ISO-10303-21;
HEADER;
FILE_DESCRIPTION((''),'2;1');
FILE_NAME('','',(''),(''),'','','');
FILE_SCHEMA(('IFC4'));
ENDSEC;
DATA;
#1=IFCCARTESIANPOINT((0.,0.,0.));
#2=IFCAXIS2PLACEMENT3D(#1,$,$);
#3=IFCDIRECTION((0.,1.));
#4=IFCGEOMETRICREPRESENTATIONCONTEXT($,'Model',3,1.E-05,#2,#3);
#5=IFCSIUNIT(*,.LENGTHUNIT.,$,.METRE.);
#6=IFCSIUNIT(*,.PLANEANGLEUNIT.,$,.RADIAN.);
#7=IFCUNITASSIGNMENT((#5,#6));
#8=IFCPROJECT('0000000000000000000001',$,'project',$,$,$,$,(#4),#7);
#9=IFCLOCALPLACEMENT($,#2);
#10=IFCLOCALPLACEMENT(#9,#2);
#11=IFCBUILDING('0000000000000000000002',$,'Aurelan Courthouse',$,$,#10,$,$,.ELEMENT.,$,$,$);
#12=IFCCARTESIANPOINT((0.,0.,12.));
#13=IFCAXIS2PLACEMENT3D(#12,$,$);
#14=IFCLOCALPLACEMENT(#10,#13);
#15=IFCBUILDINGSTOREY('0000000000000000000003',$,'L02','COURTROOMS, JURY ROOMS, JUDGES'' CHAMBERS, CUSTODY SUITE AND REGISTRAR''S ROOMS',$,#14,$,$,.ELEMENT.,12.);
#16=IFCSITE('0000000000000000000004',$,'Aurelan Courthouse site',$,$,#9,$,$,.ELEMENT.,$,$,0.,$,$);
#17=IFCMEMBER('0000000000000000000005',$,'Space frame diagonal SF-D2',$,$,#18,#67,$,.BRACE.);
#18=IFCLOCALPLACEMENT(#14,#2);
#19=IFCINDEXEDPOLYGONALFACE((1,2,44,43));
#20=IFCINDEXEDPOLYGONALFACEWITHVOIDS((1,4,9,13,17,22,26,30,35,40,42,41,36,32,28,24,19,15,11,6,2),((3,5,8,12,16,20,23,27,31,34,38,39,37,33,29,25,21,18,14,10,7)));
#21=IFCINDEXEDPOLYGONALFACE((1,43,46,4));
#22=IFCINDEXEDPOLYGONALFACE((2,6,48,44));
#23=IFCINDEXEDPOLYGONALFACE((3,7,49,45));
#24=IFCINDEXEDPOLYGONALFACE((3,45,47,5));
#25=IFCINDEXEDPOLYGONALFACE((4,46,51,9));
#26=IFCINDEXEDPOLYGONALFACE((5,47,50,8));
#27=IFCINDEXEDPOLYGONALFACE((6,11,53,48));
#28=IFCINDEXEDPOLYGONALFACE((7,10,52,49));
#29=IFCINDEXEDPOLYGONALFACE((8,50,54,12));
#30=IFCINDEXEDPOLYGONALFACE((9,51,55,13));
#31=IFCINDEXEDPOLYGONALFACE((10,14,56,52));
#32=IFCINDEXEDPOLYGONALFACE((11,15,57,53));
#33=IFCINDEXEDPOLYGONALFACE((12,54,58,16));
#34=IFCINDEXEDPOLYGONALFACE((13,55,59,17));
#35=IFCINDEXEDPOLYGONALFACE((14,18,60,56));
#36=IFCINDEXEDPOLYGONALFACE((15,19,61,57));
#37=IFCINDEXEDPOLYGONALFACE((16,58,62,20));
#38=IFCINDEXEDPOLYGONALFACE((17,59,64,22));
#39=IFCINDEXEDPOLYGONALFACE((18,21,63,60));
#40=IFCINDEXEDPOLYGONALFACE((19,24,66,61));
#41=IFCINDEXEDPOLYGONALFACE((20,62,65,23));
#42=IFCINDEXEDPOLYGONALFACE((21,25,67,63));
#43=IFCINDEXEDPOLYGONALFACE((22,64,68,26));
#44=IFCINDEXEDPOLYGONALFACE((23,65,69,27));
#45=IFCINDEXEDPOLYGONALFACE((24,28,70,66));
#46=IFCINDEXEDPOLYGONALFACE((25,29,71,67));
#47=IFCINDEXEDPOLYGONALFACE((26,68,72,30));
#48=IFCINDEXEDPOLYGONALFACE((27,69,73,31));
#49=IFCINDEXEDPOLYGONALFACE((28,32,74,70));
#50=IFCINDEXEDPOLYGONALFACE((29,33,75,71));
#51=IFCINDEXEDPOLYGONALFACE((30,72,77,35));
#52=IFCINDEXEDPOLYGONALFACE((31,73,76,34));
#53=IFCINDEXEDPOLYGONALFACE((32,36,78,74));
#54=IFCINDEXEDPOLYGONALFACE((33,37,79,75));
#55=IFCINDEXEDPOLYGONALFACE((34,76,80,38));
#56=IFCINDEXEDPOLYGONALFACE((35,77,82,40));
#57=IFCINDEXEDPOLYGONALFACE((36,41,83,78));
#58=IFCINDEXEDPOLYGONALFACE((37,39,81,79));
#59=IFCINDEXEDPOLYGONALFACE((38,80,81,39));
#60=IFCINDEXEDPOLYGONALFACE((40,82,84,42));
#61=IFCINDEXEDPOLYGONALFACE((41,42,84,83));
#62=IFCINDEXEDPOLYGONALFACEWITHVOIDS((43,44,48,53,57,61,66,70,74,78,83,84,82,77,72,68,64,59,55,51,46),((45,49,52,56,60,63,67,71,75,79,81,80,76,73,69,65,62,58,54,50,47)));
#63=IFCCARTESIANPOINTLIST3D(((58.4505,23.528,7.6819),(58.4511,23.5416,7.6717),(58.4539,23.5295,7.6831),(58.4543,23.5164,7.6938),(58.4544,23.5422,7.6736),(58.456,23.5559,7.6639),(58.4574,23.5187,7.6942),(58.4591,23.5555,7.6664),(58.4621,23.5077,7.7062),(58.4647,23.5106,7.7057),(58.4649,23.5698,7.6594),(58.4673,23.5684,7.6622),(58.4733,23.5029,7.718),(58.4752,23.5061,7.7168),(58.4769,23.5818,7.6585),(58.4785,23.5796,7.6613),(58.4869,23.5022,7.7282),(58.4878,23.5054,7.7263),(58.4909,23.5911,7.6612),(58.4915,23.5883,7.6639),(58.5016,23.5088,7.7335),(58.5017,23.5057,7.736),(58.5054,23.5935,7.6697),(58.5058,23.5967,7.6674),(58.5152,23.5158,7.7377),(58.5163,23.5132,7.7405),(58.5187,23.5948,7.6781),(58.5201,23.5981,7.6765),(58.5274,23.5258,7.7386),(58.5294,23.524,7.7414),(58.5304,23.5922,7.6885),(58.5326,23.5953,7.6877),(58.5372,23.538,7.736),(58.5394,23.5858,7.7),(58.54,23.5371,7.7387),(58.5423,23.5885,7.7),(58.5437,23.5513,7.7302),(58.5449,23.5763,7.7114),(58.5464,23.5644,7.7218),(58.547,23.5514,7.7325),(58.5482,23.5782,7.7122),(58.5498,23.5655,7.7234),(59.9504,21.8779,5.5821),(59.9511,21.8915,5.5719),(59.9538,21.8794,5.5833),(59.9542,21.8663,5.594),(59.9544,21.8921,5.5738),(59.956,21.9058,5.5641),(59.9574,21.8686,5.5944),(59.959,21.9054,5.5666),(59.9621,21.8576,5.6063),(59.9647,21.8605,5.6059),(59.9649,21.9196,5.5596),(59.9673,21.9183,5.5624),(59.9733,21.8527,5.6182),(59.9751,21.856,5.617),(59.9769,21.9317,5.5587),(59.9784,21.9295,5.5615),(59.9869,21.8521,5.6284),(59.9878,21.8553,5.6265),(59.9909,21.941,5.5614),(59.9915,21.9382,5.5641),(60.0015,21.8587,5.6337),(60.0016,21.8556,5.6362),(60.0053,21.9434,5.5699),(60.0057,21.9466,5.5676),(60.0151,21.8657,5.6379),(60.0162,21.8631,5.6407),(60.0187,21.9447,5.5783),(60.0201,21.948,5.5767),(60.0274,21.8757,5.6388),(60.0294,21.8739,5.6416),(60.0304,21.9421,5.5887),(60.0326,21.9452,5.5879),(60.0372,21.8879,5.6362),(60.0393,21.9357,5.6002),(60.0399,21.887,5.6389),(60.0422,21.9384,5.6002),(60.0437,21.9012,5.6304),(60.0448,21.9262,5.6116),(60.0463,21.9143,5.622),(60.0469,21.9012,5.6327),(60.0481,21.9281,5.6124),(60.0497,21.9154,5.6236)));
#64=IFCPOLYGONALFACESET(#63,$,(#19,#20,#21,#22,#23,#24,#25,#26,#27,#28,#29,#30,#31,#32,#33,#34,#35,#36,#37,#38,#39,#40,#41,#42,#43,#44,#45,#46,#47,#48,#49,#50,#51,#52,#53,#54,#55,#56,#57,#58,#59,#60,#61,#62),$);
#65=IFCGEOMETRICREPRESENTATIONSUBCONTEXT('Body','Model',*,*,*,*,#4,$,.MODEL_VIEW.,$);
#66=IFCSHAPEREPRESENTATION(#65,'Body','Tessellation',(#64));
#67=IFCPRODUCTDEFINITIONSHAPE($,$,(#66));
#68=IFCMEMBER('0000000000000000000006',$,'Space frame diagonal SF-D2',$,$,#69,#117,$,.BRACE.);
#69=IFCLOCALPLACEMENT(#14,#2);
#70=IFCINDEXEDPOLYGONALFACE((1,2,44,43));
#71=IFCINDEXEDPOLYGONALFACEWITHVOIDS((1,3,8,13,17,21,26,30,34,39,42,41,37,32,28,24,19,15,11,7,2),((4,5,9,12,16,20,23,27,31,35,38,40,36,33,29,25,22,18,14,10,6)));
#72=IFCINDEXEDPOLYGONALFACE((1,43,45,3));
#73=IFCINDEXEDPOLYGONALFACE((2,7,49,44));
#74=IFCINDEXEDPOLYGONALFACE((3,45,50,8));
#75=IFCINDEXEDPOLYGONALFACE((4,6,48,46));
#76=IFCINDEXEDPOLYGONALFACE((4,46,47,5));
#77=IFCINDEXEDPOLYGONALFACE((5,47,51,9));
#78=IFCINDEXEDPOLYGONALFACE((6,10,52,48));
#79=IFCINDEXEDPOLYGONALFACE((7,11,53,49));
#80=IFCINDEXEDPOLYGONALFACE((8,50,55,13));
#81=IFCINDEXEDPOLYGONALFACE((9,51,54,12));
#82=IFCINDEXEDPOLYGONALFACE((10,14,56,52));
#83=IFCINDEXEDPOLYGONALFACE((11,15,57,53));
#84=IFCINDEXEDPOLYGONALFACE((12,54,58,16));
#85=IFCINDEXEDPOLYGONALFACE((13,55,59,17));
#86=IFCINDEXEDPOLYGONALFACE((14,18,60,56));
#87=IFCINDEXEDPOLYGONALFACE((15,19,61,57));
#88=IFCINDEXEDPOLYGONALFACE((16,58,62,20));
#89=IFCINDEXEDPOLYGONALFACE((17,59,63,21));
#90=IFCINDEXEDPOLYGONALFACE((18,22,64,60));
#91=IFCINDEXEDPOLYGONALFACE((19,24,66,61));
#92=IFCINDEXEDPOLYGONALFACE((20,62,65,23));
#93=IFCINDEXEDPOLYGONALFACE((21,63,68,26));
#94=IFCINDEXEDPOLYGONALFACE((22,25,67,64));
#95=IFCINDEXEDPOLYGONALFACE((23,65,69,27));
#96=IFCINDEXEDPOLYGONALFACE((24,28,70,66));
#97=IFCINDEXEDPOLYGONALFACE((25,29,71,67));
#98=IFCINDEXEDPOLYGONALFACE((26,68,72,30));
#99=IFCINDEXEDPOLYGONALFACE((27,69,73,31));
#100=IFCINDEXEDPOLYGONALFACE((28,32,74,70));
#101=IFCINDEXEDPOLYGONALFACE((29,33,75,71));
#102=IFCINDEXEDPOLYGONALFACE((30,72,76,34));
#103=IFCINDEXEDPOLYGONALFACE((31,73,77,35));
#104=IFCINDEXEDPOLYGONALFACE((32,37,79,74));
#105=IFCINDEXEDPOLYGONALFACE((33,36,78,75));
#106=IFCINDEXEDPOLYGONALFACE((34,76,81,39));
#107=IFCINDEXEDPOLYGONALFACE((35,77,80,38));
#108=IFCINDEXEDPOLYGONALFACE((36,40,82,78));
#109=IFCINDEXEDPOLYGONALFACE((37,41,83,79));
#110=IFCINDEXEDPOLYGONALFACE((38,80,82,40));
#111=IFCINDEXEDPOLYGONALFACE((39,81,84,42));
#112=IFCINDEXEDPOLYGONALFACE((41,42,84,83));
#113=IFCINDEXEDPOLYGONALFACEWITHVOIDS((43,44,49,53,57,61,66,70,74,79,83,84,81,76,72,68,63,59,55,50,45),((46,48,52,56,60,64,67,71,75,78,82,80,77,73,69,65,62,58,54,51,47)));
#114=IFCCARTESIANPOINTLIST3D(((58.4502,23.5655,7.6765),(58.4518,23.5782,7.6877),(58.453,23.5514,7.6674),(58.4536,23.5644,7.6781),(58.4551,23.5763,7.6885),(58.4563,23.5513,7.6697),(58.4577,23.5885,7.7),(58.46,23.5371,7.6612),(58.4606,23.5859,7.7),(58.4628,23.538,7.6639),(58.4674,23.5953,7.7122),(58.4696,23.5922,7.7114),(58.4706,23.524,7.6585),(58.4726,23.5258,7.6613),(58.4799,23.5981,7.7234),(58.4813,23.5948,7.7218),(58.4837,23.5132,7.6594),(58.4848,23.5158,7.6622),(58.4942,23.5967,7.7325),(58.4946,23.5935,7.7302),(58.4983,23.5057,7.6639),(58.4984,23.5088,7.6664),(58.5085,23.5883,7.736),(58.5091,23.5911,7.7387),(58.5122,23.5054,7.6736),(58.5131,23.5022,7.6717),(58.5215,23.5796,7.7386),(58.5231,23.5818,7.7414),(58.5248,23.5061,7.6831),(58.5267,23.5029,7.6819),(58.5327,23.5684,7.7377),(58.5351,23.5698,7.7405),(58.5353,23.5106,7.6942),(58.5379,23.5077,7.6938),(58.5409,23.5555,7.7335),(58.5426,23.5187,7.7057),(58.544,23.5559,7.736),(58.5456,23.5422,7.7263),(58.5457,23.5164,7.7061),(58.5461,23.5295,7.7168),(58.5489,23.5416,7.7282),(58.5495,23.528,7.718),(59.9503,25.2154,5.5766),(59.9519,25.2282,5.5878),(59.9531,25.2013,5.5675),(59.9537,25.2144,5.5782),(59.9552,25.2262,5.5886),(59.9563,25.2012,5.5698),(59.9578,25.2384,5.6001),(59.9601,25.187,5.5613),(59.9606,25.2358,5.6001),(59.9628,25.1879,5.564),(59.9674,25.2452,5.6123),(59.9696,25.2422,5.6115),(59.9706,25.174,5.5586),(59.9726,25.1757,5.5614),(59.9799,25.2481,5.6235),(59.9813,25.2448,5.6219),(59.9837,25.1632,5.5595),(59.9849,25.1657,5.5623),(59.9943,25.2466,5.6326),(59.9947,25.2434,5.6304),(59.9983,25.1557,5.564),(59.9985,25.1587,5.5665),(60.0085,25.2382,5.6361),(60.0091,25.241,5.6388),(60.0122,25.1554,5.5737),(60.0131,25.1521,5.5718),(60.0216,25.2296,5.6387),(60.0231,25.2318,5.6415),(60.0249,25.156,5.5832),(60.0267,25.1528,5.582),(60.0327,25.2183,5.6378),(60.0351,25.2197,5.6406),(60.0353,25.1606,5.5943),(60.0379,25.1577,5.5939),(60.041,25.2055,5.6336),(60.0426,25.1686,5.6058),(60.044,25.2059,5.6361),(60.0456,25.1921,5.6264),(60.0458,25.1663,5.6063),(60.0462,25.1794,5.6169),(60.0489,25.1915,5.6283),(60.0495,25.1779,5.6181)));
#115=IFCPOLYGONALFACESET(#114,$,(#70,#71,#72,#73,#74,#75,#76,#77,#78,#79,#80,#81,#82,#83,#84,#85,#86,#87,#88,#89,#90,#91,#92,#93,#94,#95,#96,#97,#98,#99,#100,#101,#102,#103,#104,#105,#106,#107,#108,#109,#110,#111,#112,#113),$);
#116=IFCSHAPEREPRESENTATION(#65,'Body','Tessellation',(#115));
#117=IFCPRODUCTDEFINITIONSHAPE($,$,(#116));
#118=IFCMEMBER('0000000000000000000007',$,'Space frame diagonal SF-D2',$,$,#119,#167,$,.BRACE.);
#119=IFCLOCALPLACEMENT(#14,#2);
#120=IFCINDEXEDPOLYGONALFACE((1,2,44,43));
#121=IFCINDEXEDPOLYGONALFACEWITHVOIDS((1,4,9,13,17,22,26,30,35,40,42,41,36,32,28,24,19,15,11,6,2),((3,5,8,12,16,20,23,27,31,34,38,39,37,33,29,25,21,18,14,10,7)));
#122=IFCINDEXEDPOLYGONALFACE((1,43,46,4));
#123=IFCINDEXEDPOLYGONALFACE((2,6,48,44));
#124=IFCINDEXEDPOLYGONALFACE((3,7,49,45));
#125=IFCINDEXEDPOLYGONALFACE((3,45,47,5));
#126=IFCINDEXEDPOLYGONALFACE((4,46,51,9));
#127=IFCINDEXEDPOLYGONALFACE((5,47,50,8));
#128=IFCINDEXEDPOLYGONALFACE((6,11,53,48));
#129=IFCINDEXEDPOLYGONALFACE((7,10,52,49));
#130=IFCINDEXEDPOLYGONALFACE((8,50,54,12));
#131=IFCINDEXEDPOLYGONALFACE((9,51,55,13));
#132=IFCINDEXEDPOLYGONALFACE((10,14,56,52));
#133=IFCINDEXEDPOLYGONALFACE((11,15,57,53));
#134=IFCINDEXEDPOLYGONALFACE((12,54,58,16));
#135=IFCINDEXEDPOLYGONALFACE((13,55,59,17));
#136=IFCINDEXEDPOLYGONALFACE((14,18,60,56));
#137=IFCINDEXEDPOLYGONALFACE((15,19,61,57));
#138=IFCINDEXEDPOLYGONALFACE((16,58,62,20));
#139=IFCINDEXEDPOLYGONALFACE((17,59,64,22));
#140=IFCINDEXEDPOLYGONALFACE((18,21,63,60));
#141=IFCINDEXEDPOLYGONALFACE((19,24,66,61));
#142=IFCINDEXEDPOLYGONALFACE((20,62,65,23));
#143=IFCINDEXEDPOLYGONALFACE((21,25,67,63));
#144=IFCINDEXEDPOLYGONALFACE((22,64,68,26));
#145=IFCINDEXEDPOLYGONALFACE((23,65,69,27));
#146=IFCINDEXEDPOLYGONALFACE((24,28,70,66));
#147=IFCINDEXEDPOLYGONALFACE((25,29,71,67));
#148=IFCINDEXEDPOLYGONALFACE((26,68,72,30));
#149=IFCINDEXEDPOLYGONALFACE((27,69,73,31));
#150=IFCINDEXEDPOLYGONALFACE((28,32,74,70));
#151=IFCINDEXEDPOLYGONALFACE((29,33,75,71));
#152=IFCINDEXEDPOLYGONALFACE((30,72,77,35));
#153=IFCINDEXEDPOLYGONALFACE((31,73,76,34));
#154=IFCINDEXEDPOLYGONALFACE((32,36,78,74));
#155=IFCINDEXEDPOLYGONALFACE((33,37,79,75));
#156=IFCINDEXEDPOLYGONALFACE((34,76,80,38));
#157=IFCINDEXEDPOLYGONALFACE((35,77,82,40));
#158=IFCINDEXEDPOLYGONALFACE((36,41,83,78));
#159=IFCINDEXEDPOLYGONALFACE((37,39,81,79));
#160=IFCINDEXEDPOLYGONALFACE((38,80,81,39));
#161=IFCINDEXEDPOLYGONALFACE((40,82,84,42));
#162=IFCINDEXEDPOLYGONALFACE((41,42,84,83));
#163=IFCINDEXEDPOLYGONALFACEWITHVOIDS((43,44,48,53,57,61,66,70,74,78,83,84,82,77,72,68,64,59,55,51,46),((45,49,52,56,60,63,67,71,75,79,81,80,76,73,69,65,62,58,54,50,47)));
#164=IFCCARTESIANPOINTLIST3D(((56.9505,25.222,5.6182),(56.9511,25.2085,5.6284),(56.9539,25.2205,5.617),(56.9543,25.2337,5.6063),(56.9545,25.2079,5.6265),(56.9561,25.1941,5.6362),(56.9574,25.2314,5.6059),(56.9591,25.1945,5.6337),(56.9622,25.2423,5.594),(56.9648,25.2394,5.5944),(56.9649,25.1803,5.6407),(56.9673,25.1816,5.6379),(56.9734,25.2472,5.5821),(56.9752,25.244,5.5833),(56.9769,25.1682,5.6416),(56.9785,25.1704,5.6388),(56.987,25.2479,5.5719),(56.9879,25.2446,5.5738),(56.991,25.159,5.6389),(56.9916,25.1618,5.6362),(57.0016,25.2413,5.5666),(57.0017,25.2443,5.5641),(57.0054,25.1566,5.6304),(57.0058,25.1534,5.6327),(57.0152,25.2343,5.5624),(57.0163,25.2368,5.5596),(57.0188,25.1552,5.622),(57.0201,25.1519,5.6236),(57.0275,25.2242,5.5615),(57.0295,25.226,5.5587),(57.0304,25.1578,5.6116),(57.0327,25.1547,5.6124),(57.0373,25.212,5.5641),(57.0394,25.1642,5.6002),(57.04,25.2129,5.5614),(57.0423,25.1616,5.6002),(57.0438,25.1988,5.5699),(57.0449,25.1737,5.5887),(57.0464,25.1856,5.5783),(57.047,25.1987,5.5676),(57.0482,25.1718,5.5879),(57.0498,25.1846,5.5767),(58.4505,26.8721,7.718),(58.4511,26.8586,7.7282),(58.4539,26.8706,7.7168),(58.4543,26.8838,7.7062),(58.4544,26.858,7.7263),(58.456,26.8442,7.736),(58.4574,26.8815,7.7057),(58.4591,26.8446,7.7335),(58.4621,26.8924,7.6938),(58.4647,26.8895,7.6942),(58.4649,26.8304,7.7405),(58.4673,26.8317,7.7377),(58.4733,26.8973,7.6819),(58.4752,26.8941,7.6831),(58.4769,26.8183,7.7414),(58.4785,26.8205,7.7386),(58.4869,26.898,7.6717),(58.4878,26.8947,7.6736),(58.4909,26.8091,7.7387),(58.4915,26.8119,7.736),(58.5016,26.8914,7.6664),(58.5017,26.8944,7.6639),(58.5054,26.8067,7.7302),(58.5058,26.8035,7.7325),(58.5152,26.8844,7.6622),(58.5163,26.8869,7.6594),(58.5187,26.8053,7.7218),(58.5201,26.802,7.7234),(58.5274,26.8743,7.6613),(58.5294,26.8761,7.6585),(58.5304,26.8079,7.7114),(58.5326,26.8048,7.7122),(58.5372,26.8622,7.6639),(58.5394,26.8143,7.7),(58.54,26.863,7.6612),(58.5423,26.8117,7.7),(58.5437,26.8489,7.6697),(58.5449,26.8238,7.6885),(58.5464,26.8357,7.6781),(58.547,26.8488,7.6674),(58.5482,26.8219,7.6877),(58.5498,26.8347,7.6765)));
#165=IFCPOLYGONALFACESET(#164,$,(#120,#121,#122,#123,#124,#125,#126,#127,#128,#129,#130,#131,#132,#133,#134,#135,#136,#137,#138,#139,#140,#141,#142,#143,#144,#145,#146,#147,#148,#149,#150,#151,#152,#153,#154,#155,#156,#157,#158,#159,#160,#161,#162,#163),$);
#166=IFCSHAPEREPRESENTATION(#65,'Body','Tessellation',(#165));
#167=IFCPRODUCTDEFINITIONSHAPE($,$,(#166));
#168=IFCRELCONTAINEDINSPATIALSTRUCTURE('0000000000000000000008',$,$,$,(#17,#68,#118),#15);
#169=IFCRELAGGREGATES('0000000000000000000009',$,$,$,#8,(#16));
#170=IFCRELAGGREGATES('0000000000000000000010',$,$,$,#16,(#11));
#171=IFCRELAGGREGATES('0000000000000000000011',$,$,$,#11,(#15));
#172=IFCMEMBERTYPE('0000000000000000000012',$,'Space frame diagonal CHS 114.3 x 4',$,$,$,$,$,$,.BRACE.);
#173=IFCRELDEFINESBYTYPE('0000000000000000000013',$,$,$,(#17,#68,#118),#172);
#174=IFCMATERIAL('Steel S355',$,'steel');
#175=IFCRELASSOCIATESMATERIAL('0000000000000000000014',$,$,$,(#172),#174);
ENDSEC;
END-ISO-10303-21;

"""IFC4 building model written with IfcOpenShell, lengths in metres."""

from ifc_helpers import new_model, si_unit, direction, frame, origin, origin_2d, place, context, subcontext, project, spatial, hollow_circle, extrude, material, material_profile, profile_set, type_object, element, save


model = new_model("IFC4")

# Units and contexts
model_context = context("Model", 3, precision=1e-05, world=origin(), true_north=direction((0.0, 1.0)))
body_context = subcontext(model_context, "Body", "Model", "MODEL_VIEW")
ifc_project = project(units=[si_unit("LENGTHUNIT", "METRE"), si_unit("PLANEANGLEUNIT", "RADIAN")], contexts=[model_context])

# Site, building, storey
site_placement = place(None, origin())
site = spatial("IfcSite", under=ifc_project, at=site_placement, Name="Aurelan Courthouse site", CompositionType="ELEMENT", RefElevation=0.0)
building_placement = place(site_placement, origin())
building = spatial("IfcBuilding", under=site, at=building_placement, Name="Aurelan Courthouse", CompositionType="ELEMENT")
storey_placement = place(building_placement, frame((0.0, 0.0, 12.0)))
storey = spatial("IfcBuildingStorey", under=building, at=storey_placement, Name="L02", Description="COURTROOMS, JURY ROOMS, JUDGES' CHAMBERS, CUSTODY SUITE AND REGISTRAR'S ROOMS", CompositionType="ELEMENT", Elevation=12.0)

# Members
ifc_material_1 = material(Name="Steel S355", Category="steel")
ifc_material_profile_1 = material_profile(ifc_material_1, hollow_circle(Radius=0.0571, WallThickness=0.0039, at=origin_2d()), Name="CHS 114.3 x 4")
ifc_profile_set_1 = profile_set([ifc_material_profile_1], Name="Steel S355")
member_type_1 = type_object("IfcMemberType", Name="Space frame diagonal CHS 114.3 x 4", PredefinedType="BRACE", material=ifc_profile_set_1)
for number, where, z_axis, x_axis, name in (
    (1, (58.5, 23.55, 7.7), (0.489706, -0.538724, -0.68554), (0.73997, 0.67264, 0.0), "Space frame diagonal SF-D2"),
    (2, (58.5, 23.55, 7.7), (0.489727, 0.538667, -0.685569), (-0.73992, 0.672695, 0.0), "Space frame diagonal SF-D2"),
    (3, (58.5, 26.8501, 7.7), (-0.489706, -0.538724, -0.68554), (0.73997, -0.67264, 0.0), "Space frame diagonal SF-D2"),
):
    element("IfcMember", number, at=place(storey_placement, frame(where, z_axis=z_axis, x_axis=x_axis)), inside=storey, type_object=member_type_1, Name=name, PredefinedType="BRACE", context=body_context, shape_type="SweptSolid", body=[
        extrude(hollow_circle(Radius=0.0571, WallThickness=0.0039, at=origin_2d()), origin(), (0.0, 0.0, 1.0), 3.063),
    ])

save(model, "model.ifc")
